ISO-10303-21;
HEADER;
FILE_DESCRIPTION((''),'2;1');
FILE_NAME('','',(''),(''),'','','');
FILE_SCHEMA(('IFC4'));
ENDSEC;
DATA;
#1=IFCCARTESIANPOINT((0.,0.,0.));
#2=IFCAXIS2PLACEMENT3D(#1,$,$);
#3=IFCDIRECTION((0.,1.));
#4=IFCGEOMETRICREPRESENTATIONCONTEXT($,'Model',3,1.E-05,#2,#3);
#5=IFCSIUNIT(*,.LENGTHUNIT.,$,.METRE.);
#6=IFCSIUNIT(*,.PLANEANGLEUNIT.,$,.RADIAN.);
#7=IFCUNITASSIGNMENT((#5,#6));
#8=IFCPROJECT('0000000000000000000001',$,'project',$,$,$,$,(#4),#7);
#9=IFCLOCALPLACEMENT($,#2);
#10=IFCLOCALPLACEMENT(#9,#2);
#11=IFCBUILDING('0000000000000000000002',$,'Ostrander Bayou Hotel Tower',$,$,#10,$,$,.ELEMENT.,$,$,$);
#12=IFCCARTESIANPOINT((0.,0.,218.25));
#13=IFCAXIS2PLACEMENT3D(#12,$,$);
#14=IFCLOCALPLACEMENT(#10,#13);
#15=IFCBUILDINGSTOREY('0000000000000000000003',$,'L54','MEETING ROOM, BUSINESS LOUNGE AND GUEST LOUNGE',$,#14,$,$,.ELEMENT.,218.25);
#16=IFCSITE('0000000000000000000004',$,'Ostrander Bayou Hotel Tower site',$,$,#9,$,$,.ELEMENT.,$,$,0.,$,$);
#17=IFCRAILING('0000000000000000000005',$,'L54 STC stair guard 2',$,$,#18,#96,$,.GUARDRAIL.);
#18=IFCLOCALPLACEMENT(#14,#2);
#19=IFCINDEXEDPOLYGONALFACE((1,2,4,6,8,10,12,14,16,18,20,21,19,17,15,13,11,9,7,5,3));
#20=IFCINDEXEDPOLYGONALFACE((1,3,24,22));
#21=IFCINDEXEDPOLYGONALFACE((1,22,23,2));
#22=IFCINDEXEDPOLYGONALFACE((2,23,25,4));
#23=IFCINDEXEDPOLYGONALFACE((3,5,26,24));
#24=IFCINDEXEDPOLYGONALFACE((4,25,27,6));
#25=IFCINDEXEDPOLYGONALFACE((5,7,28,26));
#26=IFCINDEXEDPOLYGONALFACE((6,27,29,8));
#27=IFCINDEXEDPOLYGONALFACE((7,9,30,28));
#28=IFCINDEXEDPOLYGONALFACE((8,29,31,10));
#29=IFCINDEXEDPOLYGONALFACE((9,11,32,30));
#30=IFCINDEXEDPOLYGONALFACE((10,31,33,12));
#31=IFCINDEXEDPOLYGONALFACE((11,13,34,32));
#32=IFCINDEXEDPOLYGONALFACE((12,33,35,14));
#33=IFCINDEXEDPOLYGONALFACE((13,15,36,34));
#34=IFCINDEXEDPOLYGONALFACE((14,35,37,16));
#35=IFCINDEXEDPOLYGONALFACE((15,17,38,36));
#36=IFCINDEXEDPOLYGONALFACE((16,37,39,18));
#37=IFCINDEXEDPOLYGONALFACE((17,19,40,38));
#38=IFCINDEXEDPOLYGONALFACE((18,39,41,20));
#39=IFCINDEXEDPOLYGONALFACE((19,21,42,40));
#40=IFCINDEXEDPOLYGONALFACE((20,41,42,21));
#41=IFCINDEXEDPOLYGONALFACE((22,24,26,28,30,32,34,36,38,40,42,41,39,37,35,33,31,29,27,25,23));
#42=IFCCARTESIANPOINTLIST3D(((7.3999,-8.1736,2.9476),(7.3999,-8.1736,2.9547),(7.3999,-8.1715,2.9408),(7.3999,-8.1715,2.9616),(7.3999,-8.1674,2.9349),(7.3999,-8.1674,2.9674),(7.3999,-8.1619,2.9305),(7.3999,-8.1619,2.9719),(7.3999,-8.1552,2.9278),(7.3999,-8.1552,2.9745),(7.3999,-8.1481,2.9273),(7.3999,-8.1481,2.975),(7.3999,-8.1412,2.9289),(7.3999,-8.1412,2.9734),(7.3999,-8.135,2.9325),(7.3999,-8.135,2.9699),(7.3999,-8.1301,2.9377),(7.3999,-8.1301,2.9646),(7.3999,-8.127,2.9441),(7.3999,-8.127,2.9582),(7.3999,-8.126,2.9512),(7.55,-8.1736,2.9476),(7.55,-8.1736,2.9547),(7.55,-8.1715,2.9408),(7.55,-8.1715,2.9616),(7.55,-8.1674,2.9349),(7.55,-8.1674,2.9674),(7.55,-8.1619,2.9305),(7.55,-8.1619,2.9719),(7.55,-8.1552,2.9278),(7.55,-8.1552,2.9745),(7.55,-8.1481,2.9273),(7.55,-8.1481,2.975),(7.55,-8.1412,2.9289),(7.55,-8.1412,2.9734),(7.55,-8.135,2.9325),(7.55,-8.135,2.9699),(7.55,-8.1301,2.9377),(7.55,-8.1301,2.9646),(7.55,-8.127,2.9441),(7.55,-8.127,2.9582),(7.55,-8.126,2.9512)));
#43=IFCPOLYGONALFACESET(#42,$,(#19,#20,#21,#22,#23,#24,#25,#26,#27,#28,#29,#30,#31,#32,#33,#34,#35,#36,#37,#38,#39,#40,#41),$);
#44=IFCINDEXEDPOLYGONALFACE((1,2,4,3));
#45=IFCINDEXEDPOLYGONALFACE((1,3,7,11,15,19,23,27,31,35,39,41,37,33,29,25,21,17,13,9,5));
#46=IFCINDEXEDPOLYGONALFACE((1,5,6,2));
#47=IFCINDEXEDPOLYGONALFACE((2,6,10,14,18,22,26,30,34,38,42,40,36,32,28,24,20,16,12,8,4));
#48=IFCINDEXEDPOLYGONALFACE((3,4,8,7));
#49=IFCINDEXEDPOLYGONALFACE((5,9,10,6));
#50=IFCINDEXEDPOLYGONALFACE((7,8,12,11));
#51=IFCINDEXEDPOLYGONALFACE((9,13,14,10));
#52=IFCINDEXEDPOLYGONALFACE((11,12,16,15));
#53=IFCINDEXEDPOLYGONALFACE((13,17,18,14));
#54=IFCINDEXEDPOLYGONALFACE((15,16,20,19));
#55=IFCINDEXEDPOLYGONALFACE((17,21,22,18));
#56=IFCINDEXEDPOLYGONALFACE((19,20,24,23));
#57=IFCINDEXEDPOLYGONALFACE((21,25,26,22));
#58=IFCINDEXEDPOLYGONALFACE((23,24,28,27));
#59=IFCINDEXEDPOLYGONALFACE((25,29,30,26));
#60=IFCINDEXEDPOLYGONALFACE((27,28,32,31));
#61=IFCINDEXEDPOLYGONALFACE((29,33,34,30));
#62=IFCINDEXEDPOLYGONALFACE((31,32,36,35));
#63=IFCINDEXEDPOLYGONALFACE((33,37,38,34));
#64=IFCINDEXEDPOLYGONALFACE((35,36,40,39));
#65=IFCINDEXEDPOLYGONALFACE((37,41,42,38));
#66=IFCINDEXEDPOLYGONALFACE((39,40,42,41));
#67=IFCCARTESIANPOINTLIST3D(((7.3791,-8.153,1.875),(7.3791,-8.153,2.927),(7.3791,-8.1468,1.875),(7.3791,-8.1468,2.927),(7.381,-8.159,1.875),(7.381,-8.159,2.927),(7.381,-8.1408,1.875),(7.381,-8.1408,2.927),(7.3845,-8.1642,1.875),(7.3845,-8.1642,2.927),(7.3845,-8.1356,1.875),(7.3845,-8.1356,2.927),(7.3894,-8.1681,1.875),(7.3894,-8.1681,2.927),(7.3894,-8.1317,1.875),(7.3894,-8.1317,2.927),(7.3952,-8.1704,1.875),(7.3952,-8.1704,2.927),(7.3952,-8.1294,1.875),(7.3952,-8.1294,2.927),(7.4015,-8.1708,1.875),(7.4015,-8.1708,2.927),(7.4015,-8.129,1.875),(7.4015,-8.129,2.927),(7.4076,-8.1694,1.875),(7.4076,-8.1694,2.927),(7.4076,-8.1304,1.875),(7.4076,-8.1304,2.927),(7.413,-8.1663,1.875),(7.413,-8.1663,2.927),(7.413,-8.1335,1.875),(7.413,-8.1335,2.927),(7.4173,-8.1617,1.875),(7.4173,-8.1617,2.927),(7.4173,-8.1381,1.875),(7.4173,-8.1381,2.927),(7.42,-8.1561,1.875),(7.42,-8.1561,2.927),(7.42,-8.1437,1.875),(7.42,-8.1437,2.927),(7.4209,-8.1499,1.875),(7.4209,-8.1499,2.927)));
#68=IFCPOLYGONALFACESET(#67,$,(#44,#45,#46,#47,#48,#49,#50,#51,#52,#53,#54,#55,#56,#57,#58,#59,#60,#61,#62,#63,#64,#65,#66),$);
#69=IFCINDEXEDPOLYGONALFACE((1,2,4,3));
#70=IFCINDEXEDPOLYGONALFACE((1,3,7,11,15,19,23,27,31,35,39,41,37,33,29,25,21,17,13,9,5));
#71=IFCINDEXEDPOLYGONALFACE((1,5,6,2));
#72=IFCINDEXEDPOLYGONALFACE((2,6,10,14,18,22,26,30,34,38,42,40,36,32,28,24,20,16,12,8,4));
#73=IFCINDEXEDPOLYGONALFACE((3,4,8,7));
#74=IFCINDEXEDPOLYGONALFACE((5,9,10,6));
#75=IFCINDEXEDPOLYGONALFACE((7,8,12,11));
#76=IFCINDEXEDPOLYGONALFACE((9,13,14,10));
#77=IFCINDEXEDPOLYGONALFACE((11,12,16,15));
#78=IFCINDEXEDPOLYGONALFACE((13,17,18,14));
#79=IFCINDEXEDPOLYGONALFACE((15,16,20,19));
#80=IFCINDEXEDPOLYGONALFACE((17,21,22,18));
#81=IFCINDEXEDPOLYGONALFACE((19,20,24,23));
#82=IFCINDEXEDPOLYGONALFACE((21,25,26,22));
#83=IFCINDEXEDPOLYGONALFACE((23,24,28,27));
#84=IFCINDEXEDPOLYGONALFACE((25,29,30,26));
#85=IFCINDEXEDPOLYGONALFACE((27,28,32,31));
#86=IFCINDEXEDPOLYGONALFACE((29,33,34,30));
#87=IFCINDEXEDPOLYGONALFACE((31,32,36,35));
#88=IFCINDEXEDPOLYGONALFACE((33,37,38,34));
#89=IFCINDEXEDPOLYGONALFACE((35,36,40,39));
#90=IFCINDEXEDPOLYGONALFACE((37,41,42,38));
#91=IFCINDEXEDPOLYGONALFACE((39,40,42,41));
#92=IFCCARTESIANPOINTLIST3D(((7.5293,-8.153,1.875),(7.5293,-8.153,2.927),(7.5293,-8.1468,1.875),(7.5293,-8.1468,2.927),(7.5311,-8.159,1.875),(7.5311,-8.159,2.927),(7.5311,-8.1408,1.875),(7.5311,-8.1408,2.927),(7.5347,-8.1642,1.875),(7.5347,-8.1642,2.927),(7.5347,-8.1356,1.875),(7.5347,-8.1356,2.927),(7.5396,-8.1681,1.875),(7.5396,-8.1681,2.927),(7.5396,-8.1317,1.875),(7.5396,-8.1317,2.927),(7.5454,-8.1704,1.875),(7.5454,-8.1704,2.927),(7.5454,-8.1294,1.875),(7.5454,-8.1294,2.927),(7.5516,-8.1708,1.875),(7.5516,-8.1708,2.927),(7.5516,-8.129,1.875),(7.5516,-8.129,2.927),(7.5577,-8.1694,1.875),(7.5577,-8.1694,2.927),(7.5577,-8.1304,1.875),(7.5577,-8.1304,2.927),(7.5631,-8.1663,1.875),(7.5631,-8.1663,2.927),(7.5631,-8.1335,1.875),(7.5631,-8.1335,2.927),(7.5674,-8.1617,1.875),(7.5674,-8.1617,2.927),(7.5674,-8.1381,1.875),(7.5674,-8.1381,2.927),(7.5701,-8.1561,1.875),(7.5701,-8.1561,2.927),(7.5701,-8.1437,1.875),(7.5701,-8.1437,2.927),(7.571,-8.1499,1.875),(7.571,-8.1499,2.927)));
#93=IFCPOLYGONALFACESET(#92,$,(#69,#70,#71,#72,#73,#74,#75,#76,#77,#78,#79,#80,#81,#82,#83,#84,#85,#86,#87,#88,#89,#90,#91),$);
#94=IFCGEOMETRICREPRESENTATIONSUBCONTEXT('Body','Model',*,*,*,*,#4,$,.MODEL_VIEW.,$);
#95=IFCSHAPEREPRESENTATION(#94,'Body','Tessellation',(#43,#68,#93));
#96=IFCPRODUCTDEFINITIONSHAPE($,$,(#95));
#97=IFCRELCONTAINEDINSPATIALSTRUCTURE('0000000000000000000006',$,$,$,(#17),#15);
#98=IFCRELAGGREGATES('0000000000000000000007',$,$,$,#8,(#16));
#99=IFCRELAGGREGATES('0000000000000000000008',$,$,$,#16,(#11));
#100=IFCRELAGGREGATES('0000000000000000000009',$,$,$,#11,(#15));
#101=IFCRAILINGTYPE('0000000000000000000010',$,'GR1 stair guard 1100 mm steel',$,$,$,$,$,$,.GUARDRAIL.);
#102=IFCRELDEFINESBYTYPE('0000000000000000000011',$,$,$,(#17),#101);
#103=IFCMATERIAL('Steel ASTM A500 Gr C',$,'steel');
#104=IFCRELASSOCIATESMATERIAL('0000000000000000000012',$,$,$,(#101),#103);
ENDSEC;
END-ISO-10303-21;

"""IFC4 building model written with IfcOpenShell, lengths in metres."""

from ifc_helpers import new_model, si_unit, direction, frame, origin, origin_2d, place, context, subcontext, project, spatial, circle, extrude, material, type_object, element, save


model = new_model("IFC4")

# Units and contexts
model_context = context("Model", 3, precision=1e-05, world=origin(), true_north=direction((0.0, 1.0)))
body_context = subcontext(model_context, "Body", "Model", "MODEL_VIEW")
ifc_project = project(units=[si_unit("LENGTHUNIT", "METRE"), si_unit("PLANEANGLEUNIT", "RADIAN")], contexts=[model_context])

# Site, building, storey
site_placement = place(None, origin())
site = spatial("IfcSite", under=ifc_project, at=site_placement, Name="Ostrander Bayou Hotel Tower site", CompositionType="ELEMENT", RefElevation=0.0)
building_placement = place(site_placement, origin())
building = spatial("IfcBuilding", under=site, at=building_placement, Name="Ostrander Bayou Hotel Tower", CompositionType="ELEMENT")
storey_placement = place(building_placement, frame((0.0, 0.0, 218.25)))
storey = spatial("IfcBuildingStorey", under=building, at=storey_placement, Name="L54", Description="MEETING ROOM, BUSINESS LOUNGE AND GUEST LOUNGE", CompositionType="ELEMENT", Elevation=218.25)

# Railing
ifc_material_1 = material(Name="Steel ASTM A500 Gr C", Category="steel")
railing_type_1 = type_object("IfcRailingType", Name="GR1 stair guard 1100 mm steel", PredefinedType="GUARDRAIL", material=ifc_material_1)
railing_1_placement = place(storey_placement, frame((7.3999, -8.1499, 1.875)))
element("IfcRailing", 1, at=railing_1_placement, inside=storey, type_object=railing_type_1, Name="L54 STC stair guard 2", PredefinedType="GUARDRAIL", context=body_context, shape_type="SweptSolid", body=[
    extrude(circle(Radius=0.0239, at=origin_2d()), frame((0.0, 0.0, 1.0762), z_axis=(1.0, 0.0, 0.0), x_axis=(0.0, 1.0, 0.0)), (0.0, 0.0, 1.0), 0.1501),
    extrude(circle(Radius=0.021, at=origin_2d()), origin(), (0.0, 0.0, 1.0), 1.052),
    extrude(circle(Radius=0.021, at=origin_2d()), frame((0.1501, 0.0, 0.0)), (0.0, 0.0, 1.0), 1.052),
])

save(model, "model.ifc")
